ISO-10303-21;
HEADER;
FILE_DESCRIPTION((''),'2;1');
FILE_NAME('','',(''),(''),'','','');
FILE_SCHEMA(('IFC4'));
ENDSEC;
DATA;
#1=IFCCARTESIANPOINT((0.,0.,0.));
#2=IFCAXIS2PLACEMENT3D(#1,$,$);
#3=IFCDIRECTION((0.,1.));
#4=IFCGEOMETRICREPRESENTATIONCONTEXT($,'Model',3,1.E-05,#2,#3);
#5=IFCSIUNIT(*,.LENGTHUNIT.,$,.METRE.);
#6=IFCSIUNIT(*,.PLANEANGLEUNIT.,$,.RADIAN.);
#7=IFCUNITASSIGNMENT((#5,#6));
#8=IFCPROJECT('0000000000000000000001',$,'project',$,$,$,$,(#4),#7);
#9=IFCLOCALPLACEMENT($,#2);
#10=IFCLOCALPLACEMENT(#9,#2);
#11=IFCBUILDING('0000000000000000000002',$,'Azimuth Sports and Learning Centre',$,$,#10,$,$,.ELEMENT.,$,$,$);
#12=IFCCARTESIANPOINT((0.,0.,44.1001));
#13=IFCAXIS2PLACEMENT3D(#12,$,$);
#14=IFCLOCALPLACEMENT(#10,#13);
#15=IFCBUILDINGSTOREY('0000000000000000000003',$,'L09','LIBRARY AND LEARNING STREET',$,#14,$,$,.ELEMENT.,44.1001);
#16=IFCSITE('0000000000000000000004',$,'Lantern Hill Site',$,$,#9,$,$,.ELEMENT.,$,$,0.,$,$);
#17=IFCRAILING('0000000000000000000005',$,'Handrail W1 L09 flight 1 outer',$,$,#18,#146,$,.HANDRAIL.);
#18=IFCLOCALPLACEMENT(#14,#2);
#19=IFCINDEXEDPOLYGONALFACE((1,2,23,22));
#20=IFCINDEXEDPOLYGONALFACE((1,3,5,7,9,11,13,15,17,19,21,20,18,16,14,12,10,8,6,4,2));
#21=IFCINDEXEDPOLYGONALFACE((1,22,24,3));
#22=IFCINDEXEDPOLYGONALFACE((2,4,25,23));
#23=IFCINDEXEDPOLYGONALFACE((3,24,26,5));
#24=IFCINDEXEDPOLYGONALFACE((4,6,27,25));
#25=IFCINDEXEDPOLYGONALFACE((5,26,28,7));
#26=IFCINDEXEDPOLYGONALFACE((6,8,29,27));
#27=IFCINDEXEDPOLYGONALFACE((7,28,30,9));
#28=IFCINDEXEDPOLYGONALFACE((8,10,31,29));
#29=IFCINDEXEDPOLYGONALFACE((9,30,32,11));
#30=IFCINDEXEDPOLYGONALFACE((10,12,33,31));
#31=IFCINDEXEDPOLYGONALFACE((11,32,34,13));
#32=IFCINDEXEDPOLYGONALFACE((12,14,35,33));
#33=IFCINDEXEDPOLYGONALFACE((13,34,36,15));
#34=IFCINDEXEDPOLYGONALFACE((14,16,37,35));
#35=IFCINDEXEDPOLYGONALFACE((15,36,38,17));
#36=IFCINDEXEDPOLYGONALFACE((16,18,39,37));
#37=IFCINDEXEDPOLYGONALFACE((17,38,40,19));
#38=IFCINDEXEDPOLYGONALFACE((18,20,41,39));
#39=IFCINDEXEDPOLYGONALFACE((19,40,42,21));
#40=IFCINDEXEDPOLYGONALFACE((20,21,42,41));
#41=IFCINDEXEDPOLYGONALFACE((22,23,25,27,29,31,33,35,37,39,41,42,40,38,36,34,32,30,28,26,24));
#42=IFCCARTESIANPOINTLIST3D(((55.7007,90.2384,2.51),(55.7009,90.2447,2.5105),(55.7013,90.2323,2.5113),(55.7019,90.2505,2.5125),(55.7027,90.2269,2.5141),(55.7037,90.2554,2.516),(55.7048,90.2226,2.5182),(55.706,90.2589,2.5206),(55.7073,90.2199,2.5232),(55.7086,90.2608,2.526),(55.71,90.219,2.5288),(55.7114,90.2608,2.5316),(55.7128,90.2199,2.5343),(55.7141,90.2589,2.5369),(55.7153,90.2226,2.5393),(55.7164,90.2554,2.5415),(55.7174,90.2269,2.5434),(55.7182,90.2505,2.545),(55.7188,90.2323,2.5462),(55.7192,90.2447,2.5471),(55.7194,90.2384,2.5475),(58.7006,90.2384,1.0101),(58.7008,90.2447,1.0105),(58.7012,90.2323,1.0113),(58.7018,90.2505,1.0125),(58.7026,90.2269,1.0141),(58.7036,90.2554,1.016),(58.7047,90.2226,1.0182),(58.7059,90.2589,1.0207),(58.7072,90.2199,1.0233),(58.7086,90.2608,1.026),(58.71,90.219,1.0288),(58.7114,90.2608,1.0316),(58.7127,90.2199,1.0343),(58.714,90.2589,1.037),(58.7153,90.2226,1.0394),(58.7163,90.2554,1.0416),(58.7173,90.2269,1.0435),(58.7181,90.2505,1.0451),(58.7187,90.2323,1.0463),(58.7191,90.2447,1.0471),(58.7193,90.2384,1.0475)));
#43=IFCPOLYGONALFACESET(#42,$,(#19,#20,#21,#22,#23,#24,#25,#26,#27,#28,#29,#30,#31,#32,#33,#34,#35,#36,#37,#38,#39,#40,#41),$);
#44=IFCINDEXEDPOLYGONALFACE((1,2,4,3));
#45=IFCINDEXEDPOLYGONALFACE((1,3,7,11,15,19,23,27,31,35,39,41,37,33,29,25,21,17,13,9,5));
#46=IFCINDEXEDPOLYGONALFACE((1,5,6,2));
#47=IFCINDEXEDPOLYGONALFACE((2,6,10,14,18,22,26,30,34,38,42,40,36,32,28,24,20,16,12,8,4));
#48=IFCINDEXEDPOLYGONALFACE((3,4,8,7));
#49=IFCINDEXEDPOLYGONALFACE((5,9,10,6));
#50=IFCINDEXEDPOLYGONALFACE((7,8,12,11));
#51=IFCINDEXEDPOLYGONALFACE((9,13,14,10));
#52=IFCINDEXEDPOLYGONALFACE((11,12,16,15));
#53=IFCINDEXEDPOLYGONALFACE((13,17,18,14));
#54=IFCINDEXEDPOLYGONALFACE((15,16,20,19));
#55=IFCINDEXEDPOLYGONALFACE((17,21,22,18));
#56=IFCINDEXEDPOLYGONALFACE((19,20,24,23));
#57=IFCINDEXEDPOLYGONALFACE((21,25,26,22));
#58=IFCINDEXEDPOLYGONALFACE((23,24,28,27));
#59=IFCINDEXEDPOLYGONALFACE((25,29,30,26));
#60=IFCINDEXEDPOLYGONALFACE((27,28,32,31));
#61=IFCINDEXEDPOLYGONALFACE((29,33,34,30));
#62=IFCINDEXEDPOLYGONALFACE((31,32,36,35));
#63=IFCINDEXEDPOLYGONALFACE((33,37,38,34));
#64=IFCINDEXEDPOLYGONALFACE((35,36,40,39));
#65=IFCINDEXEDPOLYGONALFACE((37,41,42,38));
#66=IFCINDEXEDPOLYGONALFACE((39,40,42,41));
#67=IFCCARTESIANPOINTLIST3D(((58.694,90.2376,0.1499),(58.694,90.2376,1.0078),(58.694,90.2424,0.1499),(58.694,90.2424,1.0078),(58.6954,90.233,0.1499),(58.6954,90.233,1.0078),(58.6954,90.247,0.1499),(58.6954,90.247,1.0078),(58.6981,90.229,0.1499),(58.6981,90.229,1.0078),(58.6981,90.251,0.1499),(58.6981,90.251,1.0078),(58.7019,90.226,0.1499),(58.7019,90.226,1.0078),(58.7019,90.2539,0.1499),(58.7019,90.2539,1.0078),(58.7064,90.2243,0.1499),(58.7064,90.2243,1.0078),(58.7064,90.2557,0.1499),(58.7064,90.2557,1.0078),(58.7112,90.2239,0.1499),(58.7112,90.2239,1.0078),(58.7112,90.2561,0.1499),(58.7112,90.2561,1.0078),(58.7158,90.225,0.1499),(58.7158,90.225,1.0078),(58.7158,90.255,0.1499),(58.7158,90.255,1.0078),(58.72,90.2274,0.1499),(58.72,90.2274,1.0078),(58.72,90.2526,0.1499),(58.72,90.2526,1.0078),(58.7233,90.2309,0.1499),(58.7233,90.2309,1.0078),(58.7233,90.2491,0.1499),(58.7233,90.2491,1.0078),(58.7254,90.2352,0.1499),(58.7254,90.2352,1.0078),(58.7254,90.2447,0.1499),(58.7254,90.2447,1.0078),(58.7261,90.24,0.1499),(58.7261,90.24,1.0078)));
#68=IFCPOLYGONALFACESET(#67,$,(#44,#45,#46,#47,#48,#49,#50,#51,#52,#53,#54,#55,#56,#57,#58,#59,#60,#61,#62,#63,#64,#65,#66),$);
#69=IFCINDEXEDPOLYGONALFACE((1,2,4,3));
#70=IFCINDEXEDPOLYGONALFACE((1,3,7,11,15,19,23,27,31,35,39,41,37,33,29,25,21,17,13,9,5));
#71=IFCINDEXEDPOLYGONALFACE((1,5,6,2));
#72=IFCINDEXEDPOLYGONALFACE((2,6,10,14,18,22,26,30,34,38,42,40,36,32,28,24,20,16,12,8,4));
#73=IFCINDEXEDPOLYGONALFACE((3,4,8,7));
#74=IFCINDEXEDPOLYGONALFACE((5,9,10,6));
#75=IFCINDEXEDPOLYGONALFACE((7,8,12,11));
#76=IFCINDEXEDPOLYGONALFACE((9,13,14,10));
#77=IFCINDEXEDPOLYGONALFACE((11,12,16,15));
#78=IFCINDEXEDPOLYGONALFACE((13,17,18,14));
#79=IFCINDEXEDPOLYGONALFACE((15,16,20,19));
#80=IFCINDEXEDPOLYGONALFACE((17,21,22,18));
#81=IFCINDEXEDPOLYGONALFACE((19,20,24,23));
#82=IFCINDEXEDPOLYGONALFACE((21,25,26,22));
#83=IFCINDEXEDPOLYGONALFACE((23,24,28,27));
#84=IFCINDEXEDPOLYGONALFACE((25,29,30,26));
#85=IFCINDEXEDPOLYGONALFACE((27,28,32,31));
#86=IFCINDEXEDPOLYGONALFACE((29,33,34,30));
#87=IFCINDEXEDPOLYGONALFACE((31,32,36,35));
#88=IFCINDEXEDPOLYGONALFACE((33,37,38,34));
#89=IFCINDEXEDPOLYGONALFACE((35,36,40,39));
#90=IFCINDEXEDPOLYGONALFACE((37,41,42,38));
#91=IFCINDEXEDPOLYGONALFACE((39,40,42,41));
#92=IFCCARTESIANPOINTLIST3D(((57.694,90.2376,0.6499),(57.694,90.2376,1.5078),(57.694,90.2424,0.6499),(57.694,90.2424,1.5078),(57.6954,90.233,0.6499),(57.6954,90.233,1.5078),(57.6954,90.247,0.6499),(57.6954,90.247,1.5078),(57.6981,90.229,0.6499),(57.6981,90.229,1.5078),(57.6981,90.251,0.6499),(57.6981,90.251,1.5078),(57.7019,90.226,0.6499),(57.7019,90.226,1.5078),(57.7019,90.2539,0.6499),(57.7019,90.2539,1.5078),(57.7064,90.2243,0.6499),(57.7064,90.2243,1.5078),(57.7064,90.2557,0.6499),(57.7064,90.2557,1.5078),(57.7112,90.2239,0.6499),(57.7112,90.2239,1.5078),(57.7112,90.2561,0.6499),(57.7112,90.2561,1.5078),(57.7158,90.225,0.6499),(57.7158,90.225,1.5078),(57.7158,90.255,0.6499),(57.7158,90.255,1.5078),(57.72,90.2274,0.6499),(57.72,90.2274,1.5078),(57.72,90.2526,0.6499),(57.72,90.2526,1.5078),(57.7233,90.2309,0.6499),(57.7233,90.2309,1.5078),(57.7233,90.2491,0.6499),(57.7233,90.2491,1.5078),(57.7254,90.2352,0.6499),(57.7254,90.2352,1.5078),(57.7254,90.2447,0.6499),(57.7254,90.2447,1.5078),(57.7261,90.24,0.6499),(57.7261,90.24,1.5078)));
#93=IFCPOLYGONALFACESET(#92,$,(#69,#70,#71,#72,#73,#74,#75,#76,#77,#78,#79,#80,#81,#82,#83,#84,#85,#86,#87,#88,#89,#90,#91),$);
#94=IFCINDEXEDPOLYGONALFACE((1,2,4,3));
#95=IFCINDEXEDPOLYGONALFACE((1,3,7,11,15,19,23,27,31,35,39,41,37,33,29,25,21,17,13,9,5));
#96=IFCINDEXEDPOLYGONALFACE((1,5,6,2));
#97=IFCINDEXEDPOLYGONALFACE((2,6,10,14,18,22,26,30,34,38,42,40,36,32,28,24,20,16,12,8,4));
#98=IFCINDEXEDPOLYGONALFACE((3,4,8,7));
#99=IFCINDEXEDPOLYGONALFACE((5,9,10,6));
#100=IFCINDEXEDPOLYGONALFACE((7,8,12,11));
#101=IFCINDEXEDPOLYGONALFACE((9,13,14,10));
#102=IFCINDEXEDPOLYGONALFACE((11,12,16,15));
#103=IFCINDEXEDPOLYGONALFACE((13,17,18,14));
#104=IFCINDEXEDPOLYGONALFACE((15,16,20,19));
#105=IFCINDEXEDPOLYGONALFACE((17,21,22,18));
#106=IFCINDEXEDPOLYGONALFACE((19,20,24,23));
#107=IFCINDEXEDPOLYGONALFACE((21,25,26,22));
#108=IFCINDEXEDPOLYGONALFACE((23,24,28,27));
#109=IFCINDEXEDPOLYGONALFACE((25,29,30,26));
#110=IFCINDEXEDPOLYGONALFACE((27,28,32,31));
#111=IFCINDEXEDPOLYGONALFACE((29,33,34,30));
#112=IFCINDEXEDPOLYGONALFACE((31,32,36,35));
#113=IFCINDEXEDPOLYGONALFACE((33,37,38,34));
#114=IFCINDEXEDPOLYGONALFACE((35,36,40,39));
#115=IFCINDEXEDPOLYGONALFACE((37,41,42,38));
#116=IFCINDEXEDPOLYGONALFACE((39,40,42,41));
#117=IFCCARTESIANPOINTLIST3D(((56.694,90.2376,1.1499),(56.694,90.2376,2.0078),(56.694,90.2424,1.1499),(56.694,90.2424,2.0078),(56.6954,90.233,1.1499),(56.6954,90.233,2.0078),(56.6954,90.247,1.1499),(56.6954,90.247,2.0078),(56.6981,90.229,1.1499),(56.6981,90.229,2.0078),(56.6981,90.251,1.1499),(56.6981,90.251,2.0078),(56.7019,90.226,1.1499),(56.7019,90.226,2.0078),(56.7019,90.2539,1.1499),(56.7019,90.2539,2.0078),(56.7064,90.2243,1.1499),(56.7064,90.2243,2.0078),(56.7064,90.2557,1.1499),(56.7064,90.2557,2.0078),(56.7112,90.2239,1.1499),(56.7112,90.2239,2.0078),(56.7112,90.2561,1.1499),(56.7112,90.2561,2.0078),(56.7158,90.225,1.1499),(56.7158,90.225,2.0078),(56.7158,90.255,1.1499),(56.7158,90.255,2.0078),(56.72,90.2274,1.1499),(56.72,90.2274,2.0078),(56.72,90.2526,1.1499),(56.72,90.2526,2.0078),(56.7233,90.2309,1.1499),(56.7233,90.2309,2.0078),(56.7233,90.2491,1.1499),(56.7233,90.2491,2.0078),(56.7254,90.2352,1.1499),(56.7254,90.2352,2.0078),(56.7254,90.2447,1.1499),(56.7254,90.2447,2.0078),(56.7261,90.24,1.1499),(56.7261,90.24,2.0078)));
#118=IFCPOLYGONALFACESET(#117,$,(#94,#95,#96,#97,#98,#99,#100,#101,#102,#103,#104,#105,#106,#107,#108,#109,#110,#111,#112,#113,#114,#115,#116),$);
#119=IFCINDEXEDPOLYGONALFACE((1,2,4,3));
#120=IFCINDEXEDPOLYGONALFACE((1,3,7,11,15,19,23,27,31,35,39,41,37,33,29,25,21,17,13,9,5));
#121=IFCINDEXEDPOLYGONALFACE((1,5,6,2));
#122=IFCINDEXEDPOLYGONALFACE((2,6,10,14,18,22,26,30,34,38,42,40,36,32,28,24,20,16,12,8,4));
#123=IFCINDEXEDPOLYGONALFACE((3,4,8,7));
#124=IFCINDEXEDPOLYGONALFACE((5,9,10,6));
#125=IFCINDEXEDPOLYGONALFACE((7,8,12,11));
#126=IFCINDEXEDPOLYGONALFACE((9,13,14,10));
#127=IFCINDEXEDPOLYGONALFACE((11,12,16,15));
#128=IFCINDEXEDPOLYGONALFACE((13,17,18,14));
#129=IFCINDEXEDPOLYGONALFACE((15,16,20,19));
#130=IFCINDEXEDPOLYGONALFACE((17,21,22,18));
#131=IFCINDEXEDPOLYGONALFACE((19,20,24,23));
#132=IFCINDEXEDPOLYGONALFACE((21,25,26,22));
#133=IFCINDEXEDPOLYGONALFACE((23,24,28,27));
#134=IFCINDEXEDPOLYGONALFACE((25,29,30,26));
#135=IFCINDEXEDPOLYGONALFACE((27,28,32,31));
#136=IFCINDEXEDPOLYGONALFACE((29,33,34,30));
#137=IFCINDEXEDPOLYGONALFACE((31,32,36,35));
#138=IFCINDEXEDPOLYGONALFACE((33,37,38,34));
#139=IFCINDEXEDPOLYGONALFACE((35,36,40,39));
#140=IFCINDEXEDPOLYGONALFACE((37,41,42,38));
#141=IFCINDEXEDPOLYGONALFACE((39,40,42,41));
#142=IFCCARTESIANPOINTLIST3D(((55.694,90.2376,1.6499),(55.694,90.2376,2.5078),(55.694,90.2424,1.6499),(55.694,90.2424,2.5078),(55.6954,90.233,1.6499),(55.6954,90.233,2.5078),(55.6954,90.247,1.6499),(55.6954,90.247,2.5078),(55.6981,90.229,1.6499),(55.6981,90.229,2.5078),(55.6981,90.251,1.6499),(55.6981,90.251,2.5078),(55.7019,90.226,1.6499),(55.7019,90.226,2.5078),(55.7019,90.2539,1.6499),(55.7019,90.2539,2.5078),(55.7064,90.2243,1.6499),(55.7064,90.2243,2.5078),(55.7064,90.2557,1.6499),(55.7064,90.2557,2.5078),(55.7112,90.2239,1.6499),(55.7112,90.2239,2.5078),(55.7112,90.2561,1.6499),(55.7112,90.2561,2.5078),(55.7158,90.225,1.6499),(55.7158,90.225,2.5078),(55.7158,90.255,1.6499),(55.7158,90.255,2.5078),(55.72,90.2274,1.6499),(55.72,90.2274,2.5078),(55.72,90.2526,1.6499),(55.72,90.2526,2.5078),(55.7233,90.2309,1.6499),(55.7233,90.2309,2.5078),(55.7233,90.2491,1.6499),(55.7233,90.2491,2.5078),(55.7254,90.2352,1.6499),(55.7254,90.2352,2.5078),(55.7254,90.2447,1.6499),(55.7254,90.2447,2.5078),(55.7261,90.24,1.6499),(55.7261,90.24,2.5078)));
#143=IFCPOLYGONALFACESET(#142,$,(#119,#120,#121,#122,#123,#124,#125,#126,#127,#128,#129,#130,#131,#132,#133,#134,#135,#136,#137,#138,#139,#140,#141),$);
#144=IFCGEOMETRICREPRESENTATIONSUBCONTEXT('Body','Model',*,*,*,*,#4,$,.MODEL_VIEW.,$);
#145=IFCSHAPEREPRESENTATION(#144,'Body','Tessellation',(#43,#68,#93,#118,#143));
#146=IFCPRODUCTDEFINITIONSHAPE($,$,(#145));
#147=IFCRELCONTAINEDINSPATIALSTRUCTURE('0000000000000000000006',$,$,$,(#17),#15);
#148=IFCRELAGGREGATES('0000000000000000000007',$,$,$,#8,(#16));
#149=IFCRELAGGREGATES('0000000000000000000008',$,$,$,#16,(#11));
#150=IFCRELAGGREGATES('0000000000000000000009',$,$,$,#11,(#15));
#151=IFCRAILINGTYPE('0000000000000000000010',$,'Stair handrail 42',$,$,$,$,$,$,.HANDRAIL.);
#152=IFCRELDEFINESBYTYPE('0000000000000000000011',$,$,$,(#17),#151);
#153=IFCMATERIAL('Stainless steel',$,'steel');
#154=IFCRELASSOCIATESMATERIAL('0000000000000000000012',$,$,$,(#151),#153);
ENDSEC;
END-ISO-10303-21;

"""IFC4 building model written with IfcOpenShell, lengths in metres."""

from ifc_helpers import new_model, si_unit, direction, frame, origin, origin_2d, place, context, subcontext, project, spatial, circle, extrude, material, type_object, element, save


model = new_model("IFC4")

# Units and contexts
model_context = context("Model", 3, precision=1e-05, world=origin(), true_north=direction((0.0, 1.0)))
body_context = subcontext(model_context, "Body", "Model", "MODEL_VIEW")
ifc_project = project(units=[si_unit("LENGTHUNIT", "METRE"), si_unit("PLANEANGLEUNIT", "RADIAN")], contexts=[model_context])

# Site, building, storey
site_placement = place(None, origin())
site = spatial("IfcSite", under=ifc_project, at=site_placement, Name="Lantern Hill Site", CompositionType="ELEMENT", RefElevation=0.0)
building_placement = place(site_placement, origin())
building = spatial("IfcBuilding", under=site, at=building_placement, Name="Azimuth Sports and Learning Centre", CompositionType="ELEMENT")
storey_placement = place(building_placement, frame((0.0, 0.0, 44.1001)))
storey = spatial("IfcBuildingStorey", under=building, at=storey_placement, Name="L09", Description="LIBRARY AND LEARNING STREET", CompositionType="ELEMENT", Elevation=44.1001)

# Railing
ifc_material_1 = material(Name="Stainless steel", Category="steel")
railing_type_1 = type_object("IfcRailingType", Name="Stair handrail 42", PredefinedType="HANDRAIL", material=ifc_material_1)
for number, where, name in (
    (1, (58.71, 90.24, 0.1499), "Handrail W1 L09 flight 1 outer"),
):
    element("IfcRailing", number, at=place(storey_placement, frame(where)), inside=storey, type_object=railing_type_1, Name=name, PredefinedType="HANDRAIL", context=body_context, shape_type="SweptSolid", body=[
        extrude(circle(Radius=0.021, at=origin_2d()), frame((0.0, 0.0, 0.8789), z_axis=(-0.894427, 0.0, 0.447214), x_axis=(0.0, -1.0, 0.0)), (0.0, 0.0, 1.0), 3.354),
        extrude(circle(Radius=0.0161, at=origin_2d()), origin(), (0.0, 0.0, 1.0), 0.8579),
        extrude(circle(Radius=0.0161, at=origin_2d()), frame((-1.0, 0.0, 0.5)), (0.0, 0.0, 1.0), 0.8579),
        extrude(circle(Radius=0.0161, at=origin_2d()), frame((-2.0, 0.0, 1.0)), (0.0, 0.0, 1.0), 0.8579),
        extrude(circle(Radius=0.0161, at=origin_2d()), frame((-3.0, 0.0, 1.5)), (0.0, 0.0, 1.0), 0.8579),
    ])

save(model, "model.ifc")
